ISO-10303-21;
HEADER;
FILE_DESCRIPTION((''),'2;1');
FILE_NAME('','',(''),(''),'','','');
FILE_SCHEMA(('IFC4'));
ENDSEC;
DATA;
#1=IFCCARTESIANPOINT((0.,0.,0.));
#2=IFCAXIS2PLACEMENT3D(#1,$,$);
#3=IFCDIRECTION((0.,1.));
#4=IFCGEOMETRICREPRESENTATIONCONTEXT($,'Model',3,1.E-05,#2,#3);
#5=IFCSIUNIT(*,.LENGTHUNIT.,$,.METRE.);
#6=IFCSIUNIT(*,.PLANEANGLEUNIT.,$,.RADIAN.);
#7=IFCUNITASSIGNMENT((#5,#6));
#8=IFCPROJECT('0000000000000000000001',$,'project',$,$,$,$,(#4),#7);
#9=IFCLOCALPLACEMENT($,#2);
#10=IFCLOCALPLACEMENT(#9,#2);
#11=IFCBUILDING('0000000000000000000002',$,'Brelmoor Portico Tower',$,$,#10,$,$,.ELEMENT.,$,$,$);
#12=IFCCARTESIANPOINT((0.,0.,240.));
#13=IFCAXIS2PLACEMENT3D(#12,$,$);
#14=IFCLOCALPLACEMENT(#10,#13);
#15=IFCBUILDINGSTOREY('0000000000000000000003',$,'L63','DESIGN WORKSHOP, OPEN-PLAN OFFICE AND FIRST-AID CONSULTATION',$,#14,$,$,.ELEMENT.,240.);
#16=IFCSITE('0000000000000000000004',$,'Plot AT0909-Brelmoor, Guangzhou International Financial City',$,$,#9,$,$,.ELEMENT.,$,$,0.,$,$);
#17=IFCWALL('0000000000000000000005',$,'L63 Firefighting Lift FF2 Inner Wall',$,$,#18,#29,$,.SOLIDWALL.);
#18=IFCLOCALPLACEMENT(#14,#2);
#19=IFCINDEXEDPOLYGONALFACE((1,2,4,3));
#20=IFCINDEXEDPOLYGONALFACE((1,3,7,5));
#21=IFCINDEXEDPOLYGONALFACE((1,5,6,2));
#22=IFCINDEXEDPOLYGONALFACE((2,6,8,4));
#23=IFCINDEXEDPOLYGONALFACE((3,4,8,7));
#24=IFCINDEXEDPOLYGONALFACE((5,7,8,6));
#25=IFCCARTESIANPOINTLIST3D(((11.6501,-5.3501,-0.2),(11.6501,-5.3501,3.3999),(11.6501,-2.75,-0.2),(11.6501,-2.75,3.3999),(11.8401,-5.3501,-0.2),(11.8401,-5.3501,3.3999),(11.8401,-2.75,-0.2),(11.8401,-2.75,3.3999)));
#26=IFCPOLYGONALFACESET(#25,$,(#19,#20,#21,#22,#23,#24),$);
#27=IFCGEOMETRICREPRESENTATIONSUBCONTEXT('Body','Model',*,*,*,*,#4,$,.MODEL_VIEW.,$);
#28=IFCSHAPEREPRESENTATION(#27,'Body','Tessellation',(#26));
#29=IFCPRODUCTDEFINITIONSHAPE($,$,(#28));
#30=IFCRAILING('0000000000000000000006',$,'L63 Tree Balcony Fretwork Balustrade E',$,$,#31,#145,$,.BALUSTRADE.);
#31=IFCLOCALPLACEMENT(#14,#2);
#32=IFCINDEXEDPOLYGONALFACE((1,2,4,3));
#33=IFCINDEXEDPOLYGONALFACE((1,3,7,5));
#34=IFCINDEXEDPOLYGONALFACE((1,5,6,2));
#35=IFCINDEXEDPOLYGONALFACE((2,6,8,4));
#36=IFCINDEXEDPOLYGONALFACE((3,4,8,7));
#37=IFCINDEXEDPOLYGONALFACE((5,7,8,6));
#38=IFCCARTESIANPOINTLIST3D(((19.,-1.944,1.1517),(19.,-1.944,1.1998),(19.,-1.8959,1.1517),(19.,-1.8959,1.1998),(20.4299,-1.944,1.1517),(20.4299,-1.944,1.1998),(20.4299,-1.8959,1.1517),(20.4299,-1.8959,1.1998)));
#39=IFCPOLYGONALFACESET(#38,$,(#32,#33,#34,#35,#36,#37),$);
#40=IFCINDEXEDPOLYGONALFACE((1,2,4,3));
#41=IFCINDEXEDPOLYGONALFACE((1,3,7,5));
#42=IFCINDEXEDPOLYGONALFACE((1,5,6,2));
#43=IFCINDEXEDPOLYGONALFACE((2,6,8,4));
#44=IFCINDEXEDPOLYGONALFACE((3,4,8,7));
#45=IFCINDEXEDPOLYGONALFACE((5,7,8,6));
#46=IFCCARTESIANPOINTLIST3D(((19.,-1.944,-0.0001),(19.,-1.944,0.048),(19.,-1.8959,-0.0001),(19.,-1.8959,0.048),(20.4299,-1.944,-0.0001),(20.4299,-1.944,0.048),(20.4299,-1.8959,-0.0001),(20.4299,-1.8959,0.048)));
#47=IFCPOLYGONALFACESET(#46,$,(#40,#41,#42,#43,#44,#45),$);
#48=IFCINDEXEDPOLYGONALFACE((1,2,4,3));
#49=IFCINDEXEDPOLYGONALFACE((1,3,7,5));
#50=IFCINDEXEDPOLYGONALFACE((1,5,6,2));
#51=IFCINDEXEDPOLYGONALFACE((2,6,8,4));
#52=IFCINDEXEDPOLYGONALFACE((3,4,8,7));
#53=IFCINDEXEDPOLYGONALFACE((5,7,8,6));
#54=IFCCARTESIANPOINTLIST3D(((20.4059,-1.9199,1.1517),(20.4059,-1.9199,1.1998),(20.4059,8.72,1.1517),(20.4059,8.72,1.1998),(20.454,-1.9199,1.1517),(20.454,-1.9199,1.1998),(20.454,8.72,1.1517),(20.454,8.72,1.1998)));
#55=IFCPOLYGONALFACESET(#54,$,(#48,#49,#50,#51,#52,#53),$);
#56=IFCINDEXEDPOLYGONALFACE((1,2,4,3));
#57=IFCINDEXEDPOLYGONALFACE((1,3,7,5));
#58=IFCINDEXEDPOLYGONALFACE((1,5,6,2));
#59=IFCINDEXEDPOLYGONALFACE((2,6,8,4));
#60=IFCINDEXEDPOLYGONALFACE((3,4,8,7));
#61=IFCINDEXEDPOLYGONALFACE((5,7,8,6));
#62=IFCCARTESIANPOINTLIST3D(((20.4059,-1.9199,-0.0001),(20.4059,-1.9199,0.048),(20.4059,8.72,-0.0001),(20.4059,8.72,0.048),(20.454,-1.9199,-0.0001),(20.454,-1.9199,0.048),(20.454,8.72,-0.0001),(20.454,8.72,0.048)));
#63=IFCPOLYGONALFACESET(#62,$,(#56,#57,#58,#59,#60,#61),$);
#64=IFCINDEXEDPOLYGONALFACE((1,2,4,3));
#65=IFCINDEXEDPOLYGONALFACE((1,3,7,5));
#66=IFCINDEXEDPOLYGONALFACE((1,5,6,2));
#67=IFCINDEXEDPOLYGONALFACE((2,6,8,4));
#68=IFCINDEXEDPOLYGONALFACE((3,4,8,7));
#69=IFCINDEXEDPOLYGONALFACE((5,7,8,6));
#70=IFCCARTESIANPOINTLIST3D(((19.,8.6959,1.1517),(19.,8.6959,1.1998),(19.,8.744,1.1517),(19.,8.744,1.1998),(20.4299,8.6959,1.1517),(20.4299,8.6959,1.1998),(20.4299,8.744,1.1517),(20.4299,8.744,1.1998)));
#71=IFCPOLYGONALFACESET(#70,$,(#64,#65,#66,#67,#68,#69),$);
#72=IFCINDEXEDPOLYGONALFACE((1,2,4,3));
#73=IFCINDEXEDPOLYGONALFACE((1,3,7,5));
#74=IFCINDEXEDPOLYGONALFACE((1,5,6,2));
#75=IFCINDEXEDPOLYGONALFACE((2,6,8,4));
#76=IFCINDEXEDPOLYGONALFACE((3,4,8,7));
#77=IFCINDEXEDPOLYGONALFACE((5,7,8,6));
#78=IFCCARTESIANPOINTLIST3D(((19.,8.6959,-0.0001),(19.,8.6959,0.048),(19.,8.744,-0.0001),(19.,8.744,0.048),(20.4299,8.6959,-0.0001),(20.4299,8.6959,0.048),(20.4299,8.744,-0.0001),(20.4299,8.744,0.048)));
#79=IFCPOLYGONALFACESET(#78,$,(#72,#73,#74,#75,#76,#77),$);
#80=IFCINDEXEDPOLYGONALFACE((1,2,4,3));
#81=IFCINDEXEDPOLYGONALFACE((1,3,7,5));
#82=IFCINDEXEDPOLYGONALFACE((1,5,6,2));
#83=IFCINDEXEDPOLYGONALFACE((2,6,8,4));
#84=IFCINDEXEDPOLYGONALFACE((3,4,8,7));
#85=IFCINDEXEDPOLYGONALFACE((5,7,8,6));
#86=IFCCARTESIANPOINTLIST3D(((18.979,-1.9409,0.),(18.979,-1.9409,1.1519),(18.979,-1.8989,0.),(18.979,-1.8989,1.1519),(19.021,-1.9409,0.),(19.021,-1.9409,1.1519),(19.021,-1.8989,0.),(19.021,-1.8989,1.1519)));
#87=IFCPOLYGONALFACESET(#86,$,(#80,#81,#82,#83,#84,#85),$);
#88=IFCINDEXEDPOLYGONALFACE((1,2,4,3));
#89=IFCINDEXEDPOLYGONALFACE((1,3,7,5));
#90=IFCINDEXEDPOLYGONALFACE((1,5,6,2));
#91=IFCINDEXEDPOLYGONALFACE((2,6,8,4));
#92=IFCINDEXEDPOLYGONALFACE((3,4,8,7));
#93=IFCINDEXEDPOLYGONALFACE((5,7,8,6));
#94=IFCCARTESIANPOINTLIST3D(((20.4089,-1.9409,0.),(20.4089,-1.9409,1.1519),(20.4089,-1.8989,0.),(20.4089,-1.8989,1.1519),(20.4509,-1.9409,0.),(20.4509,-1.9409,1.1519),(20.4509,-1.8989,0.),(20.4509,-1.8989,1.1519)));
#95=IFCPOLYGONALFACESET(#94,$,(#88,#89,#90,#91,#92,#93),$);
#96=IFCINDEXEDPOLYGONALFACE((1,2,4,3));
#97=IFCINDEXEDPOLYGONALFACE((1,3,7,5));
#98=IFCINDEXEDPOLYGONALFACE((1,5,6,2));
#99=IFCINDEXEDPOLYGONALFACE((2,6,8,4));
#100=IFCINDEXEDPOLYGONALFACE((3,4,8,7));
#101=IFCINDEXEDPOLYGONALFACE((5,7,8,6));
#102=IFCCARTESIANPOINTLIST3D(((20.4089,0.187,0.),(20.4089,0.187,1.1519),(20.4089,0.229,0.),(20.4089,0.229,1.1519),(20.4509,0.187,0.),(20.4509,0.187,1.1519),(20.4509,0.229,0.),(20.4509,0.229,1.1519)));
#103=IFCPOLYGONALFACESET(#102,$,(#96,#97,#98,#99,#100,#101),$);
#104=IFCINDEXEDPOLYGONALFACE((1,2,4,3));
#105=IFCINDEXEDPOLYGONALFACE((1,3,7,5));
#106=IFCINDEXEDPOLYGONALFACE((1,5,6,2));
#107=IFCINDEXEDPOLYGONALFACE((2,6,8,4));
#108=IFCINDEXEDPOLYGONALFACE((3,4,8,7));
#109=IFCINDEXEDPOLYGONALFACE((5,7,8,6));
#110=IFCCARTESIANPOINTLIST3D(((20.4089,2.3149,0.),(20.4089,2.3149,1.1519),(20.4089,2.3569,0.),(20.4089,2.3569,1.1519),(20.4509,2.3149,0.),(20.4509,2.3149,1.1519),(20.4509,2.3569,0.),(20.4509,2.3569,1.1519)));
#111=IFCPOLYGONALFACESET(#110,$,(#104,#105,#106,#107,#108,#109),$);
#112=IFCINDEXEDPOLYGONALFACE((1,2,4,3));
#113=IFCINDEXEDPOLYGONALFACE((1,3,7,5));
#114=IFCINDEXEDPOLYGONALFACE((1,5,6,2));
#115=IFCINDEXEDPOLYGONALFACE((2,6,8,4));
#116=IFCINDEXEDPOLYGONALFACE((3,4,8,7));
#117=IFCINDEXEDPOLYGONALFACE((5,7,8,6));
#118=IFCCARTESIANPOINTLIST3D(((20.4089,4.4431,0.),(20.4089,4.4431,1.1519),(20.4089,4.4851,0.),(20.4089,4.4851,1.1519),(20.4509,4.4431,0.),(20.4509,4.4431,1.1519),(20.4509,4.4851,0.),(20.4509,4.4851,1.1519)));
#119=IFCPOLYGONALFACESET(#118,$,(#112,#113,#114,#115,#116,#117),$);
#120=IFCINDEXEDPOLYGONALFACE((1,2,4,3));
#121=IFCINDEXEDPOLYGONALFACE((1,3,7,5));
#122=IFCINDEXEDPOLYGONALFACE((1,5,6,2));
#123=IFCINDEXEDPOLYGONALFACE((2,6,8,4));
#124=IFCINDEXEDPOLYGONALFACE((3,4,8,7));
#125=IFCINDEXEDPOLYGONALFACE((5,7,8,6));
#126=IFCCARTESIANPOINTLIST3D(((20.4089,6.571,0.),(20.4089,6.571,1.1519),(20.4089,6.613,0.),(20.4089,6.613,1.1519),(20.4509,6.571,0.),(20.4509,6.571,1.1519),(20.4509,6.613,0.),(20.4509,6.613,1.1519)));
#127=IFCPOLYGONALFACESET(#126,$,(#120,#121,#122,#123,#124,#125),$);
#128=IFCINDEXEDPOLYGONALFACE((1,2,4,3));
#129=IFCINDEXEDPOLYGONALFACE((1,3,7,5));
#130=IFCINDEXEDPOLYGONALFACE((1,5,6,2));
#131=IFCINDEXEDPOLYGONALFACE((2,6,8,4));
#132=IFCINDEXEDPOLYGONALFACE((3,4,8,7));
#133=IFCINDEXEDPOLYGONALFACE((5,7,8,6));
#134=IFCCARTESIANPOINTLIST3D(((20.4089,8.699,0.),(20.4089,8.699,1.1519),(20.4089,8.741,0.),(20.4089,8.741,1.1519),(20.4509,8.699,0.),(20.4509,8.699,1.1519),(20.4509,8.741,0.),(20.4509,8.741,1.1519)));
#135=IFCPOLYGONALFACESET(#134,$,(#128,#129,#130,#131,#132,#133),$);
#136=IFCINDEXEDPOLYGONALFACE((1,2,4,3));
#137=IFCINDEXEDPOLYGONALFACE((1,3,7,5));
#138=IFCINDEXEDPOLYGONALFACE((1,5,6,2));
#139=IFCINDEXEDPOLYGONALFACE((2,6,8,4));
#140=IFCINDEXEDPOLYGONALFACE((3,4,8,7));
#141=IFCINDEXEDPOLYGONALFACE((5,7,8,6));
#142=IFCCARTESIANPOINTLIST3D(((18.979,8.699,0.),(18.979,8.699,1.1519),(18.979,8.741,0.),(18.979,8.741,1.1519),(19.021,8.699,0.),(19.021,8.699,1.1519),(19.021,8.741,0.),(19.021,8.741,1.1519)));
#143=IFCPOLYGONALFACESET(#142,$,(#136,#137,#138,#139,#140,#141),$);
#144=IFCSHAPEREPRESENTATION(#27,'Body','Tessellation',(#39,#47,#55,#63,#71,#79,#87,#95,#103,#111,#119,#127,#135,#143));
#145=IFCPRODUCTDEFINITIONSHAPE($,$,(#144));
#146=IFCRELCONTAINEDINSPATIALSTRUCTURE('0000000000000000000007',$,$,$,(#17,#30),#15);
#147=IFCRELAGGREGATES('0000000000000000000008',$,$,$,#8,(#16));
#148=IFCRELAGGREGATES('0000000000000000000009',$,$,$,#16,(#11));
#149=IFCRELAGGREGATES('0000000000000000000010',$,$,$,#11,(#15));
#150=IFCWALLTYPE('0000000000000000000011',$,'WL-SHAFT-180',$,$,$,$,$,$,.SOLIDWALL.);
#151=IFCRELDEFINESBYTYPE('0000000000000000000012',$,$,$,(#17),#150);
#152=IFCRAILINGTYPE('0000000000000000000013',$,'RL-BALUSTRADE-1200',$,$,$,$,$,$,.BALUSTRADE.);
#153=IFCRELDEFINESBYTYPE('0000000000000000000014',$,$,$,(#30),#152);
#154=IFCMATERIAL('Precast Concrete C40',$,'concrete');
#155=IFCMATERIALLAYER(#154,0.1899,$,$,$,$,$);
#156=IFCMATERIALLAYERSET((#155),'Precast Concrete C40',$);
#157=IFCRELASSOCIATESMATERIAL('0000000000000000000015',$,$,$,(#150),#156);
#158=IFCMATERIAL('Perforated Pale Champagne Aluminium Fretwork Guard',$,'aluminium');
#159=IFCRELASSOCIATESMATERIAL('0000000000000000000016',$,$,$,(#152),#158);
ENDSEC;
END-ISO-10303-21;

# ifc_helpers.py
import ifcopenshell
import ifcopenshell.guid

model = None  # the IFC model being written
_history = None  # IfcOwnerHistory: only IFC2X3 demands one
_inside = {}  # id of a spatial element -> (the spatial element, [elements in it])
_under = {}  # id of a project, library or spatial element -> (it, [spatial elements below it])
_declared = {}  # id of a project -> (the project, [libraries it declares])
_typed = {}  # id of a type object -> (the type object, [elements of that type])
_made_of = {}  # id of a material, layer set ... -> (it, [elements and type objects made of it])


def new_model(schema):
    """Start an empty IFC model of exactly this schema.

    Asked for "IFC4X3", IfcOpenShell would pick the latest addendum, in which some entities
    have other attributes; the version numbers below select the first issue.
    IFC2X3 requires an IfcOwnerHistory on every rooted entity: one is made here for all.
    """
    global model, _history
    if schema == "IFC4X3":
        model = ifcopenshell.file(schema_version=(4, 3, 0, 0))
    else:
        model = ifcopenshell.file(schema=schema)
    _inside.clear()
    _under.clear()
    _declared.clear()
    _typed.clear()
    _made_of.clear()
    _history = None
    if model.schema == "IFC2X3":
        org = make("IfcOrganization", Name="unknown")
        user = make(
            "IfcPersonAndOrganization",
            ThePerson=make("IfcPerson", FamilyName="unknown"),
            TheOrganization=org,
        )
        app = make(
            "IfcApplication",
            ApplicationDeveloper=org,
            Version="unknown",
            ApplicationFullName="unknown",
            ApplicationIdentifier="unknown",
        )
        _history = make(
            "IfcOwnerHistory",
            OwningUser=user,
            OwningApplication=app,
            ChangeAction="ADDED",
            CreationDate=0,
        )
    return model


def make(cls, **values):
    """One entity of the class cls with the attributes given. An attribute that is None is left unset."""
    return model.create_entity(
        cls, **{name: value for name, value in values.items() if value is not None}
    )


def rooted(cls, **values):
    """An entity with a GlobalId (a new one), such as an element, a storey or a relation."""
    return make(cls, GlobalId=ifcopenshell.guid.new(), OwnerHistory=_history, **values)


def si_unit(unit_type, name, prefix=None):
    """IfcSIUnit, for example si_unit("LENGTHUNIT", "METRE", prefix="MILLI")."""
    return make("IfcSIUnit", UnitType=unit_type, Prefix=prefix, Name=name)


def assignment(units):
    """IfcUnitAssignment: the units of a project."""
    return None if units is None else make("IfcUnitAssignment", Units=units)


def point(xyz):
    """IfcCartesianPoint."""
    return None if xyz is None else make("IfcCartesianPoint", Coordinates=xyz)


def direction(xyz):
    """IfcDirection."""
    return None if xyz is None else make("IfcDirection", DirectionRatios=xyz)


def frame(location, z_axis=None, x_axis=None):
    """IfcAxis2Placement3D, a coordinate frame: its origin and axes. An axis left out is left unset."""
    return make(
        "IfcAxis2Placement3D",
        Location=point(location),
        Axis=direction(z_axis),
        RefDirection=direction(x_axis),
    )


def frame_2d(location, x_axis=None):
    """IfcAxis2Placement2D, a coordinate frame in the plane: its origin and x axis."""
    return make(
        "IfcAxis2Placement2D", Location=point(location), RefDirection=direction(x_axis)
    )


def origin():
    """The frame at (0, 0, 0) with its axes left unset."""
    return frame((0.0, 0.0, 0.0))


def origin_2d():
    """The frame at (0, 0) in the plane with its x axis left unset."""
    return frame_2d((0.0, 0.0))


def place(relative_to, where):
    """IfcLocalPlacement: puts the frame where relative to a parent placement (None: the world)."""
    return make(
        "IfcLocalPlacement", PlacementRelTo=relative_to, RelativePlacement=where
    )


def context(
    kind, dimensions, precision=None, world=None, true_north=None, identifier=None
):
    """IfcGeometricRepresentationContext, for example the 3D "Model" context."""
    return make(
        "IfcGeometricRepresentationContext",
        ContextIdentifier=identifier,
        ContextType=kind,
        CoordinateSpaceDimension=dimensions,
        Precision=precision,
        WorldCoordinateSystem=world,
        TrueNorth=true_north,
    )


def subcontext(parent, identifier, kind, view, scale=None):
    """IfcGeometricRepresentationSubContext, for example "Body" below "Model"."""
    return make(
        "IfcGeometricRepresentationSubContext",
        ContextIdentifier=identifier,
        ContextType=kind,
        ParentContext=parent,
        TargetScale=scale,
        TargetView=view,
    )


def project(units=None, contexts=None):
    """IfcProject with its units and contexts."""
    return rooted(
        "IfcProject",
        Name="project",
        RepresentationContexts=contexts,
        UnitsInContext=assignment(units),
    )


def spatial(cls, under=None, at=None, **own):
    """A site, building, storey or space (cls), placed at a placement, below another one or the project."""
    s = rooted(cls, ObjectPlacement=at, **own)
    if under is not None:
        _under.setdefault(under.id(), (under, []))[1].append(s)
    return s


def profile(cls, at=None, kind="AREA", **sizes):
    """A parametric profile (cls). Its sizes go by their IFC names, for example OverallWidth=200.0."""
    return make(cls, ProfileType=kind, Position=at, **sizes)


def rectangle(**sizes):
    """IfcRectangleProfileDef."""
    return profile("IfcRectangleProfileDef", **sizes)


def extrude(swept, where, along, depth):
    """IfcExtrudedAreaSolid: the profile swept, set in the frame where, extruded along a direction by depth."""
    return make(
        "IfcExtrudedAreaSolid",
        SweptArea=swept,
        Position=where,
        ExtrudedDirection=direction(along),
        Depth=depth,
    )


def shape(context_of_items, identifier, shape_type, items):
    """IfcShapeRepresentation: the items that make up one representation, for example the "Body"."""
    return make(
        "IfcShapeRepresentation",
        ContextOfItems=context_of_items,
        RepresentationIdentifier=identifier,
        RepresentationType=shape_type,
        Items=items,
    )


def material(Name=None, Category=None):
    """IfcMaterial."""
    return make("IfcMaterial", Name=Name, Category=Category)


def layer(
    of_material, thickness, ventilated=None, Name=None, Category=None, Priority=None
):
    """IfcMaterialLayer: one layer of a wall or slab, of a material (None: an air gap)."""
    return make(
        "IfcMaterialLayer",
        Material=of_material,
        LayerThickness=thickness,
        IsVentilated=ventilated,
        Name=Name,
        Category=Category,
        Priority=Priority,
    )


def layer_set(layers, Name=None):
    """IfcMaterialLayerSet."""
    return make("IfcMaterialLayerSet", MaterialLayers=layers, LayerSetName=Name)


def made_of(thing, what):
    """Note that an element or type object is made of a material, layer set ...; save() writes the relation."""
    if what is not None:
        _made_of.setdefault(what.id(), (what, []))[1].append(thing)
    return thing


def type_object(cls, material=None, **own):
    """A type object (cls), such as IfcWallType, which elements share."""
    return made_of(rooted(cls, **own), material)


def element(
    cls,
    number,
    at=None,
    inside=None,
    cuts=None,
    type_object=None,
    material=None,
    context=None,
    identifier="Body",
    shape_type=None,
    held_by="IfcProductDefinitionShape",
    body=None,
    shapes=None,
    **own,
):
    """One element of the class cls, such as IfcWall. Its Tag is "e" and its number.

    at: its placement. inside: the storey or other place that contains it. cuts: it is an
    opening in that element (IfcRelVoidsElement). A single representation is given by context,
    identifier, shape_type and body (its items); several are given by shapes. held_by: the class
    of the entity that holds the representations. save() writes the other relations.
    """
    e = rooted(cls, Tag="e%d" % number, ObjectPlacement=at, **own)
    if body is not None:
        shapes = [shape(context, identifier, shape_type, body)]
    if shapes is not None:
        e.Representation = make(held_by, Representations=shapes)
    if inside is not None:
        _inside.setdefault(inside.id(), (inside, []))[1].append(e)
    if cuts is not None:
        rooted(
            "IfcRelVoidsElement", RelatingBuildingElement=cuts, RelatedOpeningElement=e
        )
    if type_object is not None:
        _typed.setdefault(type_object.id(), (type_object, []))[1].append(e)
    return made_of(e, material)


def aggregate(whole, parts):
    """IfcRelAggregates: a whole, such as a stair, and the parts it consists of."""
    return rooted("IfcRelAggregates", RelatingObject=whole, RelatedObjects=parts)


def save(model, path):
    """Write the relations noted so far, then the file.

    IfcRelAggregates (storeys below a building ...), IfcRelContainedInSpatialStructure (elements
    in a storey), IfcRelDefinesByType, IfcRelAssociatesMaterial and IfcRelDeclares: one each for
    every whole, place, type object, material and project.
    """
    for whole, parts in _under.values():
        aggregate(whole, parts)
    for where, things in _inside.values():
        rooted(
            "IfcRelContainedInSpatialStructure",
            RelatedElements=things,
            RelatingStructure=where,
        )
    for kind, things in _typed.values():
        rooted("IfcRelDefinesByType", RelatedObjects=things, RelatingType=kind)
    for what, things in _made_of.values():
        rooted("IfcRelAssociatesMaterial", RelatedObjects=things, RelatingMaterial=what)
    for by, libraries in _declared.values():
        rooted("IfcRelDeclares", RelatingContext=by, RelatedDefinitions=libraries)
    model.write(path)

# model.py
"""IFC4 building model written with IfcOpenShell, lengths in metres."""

from ifc_helpers import new_model, si_unit, direction, frame, frame_2d, origin, origin_2d, place, context, subcontext, project, spatial, rectangle, extrude, material, layer, layer_set, type_object, element, save


model = new_model("IFC4")

# Units and contexts
model_context = context("Model", 3, precision=1e-05, world=origin(), true_north=direction((0.0, 1.0)))
body_context = subcontext(model_context, "Body", "Model", "MODEL_VIEW")
ifc_project = project(units=[si_unit("LENGTHUNIT", "METRE"), si_unit("PLANEANGLEUNIT", "RADIAN")], contexts=[model_context])

# Site, building, storey
site_placement = place(None, origin())
site = spatial("IfcSite", under=ifc_project, at=site_placement, Name="Plot AT0909-Brelmoor, Guangzhou International Financial City", CompositionType="ELEMENT", RefElevation=0.0)
building_placement = place(site_placement, origin())
building = spatial("IfcBuilding", under=site, at=building_placement, Name="Brelmoor Portico Tower", CompositionType="ELEMENT")
storey_placement = place(building_placement, frame((0.0, 0.0, 240.0)))
storey = spatial("IfcBuildingStorey", under=building, at=storey_placement, Name="L63", Description="DESIGN WORKSHOP, OPEN-PLAN OFFICE AND FIRST-AID CONSULTATION", CompositionType="ELEMENT", Elevation=240.0)

# Wall
ifc_material_1 = material(Name="Precast Concrete C40", Category="concrete")
ifc_layer_1 = layer(ifc_material_1, 0.1899)
ifc_layer_set_1 = layer_set([ifc_layer_1], Name="Precast Concrete C40")
wall_type_1 = type_object("IfcWallType", Name="WL-SHAFT-180", PredefinedType="SOLIDWALL", material=ifc_layer_set_1)
wall_1_placement = place(storey_placement, frame((11.7451, -5.3501, -0.2), z_axis=(0.0, 0.0, 1.0), x_axis=(0.0, 1.0, 0.0)))
element("IfcWall", 1, at=wall_1_placement, inside=storey, type_object=wall_type_1, Name="L63 Firefighting Lift FF2 Inner Wall", PredefinedType="SOLIDWALL", context=body_context, shape_type="SweptSolid", body=[
    extrude(rectangle(XDim=2.6001, YDim=0.1899, at=frame_2d((1.3, 0.0))), origin(), (0.0, 0.0, 1.0), 3.5999),
])

# Railing
ifc_material_2 = material(Name="Perforated Pale Champagne Aluminium Fretwork Guard", Category="aluminium")
railing_type = type_object("IfcRailingType", Name="RL-BALUSTRADE-1200", PredefinedType="BALUSTRADE", material=ifc_material_2)
railing_placement = place(storey_placement, frame((19.0, -1.9199, 0.0)))
element("IfcRailing", 2, at=railing_placement, inside=storey, type_object=railing_type, Name="L63 Tree Balcony Fretwork Balustrade E", PredefinedType="BALUSTRADE", context=body_context, shape_type="SweptSolid", body=[
    extrude(rectangle(XDim=0.0481, YDim=0.0481, at=origin_2d()), frame((0.0, 0.0, 1.1758), z_axis=(1.0, 0.0, 0.0), x_axis=(0.0, 1.0, 0.0)), (0.0, 0.0, 1.0), 1.4299),
    extrude(rectangle(XDim=0.0481, YDim=0.0481, at=origin_2d()), frame((0.0, 0.0, 0.0239), z_axis=(1.0, 0.0, 0.0), x_axis=(0.0, 1.0, 0.0)), (0.0, 0.0, 1.0), 1.4299),
    extrude(rectangle(XDim=0.0481, YDim=0.0481, at=origin_2d()), frame((1.4299, 0.0, 1.1758), z_axis=(0.0, 1.0, 0.0), x_axis=(-1.0, 0.0, 0.0)), (0.0, 0.0, 1.0), 10.6399),
    extrude(rectangle(XDim=0.0481, YDim=0.0481, at=origin_2d()), frame((1.4299, 0.0, 0.0239), z_axis=(0.0, 1.0, 0.0), x_axis=(-1.0, 0.0, 0.0)), (0.0, 0.0, 1.0), 10.6399),
    extrude(rectangle(XDim=0.0481, YDim=0.0481, at=origin_2d()), frame((1.4299, 10.6399, 1.1758), z_axis=(-1.0, 0.0, 0.0), x_axis=(0.0, -1.0, 0.0)), (0.0, 0.0, 1.0), 1.4299),
    extrude(rectangle(XDim=0.0481, YDim=0.0481, at=origin_2d()), frame((1.4299, 10.6399, 0.0239), z_axis=(-1.0, 0.0, 0.0), x_axis=(0.0, -1.0, 0.0)), (0.0, 0.0, 1.0), 1.4299),
    extrude(rectangle(XDim=0.042, YDim=0.042, at=origin_2d()), origin(), (0.0, 0.0, 1.0), 1.1519),
    extrude(rectangle(XDim=0.042, YDim=0.042, at=origin_2d()), frame((1.4299, 0.0, 0.0)), (0.0, 0.0, 1.0), 1.1519),
    extrude(rectangle(XDim=0.042, YDim=0.042, at=origin_2d()), frame((1.4299, 2.1279, 0.0)), (0.0, 0.0, 1.0), 1.1519),
    extrude(rectangle(XDim=0.042, YDim=0.042, at=origin_2d()), frame((1.4299, 4.2559, 0.0)), (0.0, 0.0, 1.0), 1.1519),
    extrude(rectangle(XDim=0.042, YDim=0.042, at=origin_2d()), frame((1.4299, 6.384, 0.0)), (0.0, 0.0, 1.0), 1.1519),
    extrude(rectangle(XDim=0.042, YDim=0.042, at=origin_2d()), frame((1.4299, 8.512, 0.0)), (0.0, 0.0, 1.0), 1.1519),
    extrude(rectangle(XDim=0.042, YDim=0.042, at=origin_2d()), frame((1.4299, 10.6399, 0.0)), (0.0, 0.0, 1.0), 1.1519),
    extrude(rectangle(XDim=0.042, YDim=0.042, at=origin_2d()), frame((0.0, 10.6399, 0.0)), (0.0, 0.0, 1.0), 1.1519),
])

save(model, "model.ifc")
